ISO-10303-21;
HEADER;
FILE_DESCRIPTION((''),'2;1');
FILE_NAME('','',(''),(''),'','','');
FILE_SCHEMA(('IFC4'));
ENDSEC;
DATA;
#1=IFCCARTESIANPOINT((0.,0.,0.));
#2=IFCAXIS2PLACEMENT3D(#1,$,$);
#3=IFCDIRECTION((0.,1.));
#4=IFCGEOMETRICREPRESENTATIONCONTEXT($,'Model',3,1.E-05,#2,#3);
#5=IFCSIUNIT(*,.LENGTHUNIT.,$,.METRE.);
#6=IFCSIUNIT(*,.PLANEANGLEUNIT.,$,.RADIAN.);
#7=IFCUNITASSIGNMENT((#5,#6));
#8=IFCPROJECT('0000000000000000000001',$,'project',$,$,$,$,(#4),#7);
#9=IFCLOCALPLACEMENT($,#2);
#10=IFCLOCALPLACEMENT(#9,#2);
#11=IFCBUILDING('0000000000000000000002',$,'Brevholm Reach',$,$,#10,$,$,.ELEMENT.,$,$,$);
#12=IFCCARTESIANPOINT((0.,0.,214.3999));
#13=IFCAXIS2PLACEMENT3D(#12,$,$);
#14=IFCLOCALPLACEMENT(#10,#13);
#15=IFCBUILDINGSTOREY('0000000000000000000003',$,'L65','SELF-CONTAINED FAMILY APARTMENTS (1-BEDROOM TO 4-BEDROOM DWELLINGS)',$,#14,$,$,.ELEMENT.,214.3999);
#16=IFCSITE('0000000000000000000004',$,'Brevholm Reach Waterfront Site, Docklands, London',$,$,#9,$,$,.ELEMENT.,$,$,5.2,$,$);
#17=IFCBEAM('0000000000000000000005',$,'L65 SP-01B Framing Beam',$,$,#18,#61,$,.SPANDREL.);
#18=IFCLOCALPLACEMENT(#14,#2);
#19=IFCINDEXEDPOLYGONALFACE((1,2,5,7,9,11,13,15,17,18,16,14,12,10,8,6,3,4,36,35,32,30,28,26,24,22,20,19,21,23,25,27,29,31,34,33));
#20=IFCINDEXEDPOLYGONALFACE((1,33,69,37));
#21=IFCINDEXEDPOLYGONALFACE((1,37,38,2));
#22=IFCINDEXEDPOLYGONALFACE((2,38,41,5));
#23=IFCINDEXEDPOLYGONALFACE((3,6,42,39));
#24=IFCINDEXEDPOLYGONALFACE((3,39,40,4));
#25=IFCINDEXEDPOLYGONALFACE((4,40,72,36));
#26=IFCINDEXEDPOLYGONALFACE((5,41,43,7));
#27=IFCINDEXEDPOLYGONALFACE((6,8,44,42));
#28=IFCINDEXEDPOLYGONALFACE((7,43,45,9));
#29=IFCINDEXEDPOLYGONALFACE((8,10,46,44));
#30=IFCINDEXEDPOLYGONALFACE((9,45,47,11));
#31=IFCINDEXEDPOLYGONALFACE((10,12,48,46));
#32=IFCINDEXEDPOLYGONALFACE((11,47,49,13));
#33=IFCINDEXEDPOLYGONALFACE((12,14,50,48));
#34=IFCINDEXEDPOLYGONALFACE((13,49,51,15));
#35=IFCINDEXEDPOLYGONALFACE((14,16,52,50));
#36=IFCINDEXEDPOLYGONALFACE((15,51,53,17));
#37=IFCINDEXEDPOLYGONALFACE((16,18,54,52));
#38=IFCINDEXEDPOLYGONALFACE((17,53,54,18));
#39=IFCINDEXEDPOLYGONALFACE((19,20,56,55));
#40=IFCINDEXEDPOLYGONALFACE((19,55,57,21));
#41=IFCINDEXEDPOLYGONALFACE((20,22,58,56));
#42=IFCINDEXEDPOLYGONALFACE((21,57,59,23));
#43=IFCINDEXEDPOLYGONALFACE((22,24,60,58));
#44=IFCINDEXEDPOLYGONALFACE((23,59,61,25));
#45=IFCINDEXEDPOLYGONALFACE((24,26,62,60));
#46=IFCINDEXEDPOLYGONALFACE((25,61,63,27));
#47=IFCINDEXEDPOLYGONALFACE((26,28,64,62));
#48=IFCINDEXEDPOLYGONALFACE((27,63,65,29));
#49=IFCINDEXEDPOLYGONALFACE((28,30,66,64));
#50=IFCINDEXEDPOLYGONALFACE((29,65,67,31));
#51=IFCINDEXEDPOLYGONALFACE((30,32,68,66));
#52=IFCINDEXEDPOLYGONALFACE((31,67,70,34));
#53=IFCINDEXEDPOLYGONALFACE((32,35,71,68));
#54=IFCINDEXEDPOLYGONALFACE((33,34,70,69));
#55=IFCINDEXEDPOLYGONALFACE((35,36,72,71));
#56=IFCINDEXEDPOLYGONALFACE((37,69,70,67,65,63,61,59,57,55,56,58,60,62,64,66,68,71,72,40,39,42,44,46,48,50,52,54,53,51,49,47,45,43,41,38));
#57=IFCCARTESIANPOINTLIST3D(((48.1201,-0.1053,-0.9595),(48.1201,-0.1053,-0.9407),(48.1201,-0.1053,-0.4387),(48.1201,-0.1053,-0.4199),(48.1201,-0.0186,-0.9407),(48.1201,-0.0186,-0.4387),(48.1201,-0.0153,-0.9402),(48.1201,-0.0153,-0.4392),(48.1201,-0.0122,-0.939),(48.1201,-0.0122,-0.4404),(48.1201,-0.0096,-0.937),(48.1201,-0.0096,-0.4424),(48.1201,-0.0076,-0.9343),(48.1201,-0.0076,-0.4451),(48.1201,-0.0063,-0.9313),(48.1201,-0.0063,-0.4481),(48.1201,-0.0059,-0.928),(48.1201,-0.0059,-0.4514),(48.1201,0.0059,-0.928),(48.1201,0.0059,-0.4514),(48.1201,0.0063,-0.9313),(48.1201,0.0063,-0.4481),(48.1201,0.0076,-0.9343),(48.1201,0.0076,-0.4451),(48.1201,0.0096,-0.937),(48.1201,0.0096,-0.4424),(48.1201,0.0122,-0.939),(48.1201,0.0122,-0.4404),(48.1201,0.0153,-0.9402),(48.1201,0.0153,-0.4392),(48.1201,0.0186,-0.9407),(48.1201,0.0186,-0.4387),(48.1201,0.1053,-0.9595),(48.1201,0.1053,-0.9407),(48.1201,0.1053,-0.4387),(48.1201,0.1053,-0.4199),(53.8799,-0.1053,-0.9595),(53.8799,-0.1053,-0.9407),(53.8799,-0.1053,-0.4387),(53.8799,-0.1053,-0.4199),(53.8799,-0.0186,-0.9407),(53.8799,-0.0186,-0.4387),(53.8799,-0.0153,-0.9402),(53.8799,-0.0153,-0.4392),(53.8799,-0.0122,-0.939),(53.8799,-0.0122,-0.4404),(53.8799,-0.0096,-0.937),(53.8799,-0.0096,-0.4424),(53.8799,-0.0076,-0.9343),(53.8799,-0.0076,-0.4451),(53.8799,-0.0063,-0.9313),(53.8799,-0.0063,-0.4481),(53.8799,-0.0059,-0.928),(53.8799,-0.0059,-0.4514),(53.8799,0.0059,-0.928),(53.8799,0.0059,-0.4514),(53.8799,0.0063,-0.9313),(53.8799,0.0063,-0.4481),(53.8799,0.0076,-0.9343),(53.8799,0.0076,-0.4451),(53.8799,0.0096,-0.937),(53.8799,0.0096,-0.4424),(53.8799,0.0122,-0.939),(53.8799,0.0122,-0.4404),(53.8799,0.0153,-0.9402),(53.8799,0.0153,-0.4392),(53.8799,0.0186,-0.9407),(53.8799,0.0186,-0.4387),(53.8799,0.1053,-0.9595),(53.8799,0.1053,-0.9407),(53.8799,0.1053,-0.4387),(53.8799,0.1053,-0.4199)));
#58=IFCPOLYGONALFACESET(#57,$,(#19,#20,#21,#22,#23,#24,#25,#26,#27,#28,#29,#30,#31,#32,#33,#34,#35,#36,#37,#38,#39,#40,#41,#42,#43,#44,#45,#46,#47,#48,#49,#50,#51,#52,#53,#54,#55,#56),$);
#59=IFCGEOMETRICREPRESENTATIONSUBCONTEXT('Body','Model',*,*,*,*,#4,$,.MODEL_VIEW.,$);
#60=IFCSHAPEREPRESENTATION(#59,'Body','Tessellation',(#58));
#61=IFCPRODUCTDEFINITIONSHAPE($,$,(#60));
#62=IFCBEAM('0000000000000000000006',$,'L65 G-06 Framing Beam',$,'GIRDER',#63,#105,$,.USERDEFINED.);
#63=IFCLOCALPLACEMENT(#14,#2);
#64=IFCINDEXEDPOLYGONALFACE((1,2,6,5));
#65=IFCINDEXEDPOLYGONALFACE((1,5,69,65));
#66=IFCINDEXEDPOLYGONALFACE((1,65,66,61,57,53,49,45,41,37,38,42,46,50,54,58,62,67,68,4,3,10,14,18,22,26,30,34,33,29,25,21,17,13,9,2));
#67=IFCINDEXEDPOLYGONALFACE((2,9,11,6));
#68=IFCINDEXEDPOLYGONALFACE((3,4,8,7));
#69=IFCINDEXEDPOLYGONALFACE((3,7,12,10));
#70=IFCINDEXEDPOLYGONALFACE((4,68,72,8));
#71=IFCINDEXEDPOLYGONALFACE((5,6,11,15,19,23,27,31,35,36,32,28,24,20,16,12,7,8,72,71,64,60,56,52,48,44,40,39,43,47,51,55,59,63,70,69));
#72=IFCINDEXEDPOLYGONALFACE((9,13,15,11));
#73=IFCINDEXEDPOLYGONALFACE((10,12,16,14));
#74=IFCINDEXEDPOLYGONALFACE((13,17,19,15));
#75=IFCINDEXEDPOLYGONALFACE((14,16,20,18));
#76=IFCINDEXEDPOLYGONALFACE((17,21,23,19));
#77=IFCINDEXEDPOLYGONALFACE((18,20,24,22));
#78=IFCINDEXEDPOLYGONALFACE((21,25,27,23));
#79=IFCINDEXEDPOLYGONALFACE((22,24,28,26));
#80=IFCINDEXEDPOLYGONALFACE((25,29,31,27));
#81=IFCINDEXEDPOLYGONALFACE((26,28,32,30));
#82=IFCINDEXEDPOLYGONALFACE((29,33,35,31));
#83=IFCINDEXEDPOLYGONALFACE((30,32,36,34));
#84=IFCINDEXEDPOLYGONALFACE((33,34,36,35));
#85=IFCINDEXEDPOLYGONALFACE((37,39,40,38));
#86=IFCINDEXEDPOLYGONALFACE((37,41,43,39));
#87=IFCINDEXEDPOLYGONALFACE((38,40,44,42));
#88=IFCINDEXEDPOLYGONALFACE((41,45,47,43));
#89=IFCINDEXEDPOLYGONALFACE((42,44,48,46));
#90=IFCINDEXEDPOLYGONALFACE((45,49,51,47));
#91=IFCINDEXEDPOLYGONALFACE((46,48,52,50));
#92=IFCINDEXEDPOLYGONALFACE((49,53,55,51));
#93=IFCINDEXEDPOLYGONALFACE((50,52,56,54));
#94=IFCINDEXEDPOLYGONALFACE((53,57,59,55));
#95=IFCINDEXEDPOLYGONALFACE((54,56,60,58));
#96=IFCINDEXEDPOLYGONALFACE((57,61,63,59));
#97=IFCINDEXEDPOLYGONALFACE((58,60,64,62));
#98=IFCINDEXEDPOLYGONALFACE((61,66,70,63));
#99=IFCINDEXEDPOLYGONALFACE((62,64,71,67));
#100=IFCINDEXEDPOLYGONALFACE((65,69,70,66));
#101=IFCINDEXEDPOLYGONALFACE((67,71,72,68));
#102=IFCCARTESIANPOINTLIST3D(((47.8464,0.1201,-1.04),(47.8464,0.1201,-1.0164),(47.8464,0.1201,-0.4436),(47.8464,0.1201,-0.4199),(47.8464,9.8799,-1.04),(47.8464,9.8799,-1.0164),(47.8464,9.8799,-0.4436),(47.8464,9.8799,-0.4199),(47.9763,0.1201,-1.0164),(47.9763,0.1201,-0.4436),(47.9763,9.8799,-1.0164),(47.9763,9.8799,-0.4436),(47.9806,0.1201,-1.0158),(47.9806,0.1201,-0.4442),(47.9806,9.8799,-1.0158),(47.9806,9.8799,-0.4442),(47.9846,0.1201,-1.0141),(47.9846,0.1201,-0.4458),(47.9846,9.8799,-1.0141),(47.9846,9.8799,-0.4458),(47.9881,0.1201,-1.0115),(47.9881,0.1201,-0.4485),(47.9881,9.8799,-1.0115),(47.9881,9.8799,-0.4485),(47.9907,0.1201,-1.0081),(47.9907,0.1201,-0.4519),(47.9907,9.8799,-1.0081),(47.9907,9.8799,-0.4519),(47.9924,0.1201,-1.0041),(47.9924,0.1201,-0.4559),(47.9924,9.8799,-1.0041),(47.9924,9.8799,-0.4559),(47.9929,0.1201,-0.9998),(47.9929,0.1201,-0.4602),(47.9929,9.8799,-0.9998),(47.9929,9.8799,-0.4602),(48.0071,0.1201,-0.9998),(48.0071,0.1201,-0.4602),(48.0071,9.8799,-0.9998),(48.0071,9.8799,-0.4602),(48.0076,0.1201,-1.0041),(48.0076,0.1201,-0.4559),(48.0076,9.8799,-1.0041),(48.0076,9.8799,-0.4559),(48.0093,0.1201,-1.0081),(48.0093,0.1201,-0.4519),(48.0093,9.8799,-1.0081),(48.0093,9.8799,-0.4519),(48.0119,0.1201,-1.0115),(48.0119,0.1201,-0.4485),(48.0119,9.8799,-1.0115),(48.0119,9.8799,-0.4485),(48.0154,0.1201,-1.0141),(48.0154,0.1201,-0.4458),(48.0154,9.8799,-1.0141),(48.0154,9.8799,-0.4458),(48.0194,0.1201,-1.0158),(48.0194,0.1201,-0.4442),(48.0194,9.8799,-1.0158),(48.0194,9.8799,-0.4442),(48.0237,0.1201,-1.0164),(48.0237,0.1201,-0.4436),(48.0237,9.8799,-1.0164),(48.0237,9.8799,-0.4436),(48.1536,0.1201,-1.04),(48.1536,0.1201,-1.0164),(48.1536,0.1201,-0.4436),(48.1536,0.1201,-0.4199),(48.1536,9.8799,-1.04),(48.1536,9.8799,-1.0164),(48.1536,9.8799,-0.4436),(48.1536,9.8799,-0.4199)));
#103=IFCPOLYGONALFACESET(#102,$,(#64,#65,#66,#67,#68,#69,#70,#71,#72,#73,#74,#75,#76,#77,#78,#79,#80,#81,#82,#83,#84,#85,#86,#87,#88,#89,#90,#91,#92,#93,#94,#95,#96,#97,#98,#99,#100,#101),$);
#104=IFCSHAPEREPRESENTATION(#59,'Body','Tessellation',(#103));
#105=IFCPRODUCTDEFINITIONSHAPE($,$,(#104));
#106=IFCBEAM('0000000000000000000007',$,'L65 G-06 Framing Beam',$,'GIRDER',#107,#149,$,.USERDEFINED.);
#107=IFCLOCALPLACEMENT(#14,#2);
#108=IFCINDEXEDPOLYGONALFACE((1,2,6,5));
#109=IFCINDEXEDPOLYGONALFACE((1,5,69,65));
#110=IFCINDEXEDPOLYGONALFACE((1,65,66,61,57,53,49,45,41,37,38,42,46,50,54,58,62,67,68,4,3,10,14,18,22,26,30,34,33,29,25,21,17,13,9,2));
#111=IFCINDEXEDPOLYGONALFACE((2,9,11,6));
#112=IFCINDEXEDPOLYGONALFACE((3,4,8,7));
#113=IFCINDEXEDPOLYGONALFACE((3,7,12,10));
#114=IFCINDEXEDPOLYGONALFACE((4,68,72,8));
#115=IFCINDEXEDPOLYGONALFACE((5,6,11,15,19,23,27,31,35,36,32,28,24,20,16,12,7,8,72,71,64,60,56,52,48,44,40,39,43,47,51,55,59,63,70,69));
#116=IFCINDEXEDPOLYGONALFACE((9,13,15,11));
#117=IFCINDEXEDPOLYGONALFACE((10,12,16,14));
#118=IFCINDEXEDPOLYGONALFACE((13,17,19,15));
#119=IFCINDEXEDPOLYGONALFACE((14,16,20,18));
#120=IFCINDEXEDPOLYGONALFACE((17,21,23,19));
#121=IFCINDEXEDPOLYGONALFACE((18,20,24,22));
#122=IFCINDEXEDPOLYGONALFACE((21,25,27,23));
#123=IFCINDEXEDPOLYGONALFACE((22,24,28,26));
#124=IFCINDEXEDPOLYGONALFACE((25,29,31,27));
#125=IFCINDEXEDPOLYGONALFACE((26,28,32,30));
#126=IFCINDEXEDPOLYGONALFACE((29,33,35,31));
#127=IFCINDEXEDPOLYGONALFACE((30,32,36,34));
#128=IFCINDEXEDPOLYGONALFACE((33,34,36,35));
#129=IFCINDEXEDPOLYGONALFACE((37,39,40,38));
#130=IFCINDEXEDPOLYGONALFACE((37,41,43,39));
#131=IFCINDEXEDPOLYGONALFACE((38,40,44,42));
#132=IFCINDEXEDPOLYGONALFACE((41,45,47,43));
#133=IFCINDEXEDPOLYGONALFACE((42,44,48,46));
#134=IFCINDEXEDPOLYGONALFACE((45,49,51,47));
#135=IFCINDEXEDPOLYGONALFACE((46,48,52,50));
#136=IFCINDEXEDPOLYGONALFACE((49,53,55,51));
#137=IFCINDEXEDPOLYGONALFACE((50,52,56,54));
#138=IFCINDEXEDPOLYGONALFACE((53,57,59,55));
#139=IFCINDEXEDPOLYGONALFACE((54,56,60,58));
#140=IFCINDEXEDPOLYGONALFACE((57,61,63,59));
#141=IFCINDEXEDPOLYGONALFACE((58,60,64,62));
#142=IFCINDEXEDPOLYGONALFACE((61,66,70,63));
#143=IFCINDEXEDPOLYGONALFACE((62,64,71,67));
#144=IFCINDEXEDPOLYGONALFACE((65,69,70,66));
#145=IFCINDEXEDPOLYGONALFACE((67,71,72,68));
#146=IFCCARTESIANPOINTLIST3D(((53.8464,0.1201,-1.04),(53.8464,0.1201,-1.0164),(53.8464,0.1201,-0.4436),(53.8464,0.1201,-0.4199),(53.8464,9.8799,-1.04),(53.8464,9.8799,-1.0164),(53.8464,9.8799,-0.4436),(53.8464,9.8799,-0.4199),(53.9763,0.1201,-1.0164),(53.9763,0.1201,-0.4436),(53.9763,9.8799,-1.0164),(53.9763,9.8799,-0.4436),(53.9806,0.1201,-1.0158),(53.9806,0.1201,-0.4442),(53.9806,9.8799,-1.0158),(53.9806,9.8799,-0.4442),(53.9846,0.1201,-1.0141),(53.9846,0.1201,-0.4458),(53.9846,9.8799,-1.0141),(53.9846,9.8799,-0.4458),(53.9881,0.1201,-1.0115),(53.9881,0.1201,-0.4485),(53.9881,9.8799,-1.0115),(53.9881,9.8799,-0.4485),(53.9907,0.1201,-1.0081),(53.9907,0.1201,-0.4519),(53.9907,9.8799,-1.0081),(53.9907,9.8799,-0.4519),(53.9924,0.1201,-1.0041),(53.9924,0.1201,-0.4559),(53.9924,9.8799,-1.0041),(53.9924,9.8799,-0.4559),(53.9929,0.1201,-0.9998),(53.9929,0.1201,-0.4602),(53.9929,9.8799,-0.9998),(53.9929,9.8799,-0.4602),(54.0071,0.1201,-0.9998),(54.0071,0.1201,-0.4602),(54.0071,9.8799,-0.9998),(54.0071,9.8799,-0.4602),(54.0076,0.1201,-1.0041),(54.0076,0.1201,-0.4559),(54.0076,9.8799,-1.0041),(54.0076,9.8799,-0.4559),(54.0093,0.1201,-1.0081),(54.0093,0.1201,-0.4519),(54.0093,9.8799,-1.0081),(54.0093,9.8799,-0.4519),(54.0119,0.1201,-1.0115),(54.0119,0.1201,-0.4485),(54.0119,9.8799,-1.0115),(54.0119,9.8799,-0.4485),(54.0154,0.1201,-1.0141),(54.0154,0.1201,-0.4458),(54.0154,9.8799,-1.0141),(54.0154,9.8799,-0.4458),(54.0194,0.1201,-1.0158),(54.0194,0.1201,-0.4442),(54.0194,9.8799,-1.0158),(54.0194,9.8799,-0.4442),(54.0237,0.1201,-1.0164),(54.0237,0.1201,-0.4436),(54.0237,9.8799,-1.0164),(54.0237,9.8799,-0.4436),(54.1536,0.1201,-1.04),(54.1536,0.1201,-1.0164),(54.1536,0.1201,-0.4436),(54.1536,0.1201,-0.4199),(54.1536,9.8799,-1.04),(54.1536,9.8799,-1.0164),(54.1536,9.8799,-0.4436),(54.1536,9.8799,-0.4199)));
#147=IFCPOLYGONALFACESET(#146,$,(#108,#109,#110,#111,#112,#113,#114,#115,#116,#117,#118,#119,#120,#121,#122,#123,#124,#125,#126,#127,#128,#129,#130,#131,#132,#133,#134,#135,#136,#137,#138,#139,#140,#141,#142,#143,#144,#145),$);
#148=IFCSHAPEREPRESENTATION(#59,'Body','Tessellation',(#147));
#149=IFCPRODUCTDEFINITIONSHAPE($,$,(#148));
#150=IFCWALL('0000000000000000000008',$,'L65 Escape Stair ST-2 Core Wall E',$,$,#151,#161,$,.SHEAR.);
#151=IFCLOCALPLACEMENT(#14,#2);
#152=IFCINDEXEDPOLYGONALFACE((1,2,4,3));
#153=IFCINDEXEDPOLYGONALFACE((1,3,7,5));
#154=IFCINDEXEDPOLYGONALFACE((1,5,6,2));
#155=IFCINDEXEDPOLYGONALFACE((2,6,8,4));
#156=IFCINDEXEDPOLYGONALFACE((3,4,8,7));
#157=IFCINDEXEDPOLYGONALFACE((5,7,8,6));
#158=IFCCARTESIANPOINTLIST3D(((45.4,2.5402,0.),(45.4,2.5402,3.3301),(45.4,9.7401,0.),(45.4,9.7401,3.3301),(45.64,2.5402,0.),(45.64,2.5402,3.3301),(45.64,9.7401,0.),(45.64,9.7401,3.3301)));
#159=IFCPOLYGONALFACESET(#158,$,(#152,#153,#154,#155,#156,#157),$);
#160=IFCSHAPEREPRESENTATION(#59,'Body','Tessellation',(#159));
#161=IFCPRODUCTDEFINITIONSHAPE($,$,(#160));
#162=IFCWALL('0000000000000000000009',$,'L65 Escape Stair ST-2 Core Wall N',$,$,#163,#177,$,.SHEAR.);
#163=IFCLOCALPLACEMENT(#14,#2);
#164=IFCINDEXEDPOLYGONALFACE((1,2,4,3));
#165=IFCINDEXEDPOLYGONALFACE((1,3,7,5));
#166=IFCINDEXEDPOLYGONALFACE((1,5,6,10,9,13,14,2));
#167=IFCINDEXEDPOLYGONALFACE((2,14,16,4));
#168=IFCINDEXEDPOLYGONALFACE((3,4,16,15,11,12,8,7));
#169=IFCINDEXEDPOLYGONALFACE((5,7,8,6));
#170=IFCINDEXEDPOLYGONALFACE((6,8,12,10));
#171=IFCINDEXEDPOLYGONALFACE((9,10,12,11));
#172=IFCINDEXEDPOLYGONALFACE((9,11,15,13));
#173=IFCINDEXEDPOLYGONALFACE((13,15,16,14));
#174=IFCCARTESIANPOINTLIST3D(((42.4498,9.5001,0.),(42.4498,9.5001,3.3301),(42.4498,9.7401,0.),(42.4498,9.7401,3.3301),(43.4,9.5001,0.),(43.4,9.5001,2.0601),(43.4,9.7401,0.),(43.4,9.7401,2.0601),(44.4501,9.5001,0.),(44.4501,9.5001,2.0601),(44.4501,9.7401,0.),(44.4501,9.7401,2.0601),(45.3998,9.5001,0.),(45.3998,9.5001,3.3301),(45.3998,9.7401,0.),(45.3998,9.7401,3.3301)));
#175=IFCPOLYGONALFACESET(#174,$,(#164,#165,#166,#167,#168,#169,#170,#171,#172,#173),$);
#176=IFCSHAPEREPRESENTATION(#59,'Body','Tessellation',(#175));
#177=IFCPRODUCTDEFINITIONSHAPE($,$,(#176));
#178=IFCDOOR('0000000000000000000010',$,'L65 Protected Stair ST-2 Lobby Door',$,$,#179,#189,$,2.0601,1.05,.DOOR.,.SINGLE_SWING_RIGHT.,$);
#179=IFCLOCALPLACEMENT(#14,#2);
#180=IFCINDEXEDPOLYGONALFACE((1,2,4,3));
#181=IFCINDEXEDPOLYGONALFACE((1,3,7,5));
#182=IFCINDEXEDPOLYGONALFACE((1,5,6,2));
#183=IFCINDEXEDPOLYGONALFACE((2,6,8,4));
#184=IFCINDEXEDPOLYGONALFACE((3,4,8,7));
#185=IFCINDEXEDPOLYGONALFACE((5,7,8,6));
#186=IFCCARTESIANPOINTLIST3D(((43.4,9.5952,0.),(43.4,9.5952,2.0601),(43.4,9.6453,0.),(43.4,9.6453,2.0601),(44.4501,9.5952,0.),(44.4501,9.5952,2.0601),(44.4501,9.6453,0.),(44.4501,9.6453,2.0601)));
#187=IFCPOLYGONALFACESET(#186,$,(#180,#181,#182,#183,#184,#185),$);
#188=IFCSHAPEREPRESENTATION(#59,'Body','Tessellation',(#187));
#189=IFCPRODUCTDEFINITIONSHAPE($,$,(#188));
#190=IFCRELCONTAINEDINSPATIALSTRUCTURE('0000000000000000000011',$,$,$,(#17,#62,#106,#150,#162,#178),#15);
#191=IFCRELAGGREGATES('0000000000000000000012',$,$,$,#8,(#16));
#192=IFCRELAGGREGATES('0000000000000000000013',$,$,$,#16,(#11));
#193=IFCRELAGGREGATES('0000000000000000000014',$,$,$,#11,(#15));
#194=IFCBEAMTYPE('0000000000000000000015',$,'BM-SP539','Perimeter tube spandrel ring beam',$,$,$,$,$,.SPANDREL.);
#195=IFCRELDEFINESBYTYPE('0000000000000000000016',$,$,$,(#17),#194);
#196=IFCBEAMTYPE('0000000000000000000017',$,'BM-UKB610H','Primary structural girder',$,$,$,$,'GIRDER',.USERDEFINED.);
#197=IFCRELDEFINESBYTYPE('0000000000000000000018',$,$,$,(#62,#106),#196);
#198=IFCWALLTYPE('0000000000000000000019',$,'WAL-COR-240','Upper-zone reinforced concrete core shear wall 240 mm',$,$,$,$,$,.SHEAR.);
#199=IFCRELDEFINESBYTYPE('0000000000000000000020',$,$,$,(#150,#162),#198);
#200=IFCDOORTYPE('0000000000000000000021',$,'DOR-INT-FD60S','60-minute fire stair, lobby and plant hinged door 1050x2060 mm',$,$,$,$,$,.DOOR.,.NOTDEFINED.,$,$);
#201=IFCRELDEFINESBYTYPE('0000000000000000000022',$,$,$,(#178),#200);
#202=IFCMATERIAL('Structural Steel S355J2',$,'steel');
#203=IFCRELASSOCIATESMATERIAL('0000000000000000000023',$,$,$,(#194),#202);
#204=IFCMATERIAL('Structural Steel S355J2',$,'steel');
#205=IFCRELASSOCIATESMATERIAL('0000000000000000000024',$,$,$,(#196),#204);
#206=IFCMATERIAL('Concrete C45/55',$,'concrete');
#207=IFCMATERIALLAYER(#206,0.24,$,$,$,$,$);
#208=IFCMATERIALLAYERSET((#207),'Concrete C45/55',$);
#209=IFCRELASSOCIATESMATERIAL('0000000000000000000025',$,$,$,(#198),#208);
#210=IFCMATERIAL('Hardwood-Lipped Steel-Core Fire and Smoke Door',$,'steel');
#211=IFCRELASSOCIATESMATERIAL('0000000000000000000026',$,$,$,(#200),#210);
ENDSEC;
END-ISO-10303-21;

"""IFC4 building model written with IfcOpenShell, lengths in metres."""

from ifc_helpers import new_model, si_unit, direction, frame, frame_2d, origin, origin_2d, place, context, subcontext, project, spatial, rectangle, i_section, extrude, material, layer, layer_set, material_profile, profile_set, type_object, element, fill, save


model = new_model("IFC4")

# Units and contexts
model_context = context("Model", 3, precision=1e-05, world=origin(), true_north=direction((0.0, 1.0)))
body_context = subcontext(model_context, "Body", "Model", "MODEL_VIEW")
ifc_project = project(units=[si_unit("LENGTHUNIT", "METRE"), si_unit("PLANEANGLEUNIT", "RADIAN")], contexts=[model_context])

# Site, building, storey
site_placement = place(None, origin())
site = spatial("IfcSite", under=ifc_project, at=site_placement, Name="Brevholm Reach Waterfront Site, Docklands, London", CompositionType="ELEMENT", RefElevation=5.2)
building_placement = place(site_placement, origin())
building = spatial("IfcBuilding", under=site, at=building_placement, Name="Brevholm Reach", CompositionType="ELEMENT")
storey_placement = place(building_placement, frame((0.0, 0.0, 214.3999)))
storey = spatial("IfcBuildingStorey", under=building, at=storey_placement, Name="L65", Description="SELF-CONTAINED FAMILY APARTMENTS (1-BEDROOM TO 4-BEDROOM DWELLINGS)", CompositionType="ELEMENT", Elevation=214.3999)

# Beams
ifc_material_1 = material(Name="Structural Steel S355J2", Category="steel")
ifc_material_profile_1 = material_profile(ifc_material_1, i_section(OverallWidth=0.2107, OverallDepth=0.5396, WebThickness=0.0117, FlangeThickness=0.0188, FilletRadius=0.0127, at=origin_2d()), Name="UKB 533x210x109")
ifc_profile_set_1 = profile_set([ifc_material_profile_1], Name="Structural Steel S355J2")
beam_type_1 = type_object("IfcBeamType", Name="BM-SP539", Description="Perimeter tube spandrel ring beam", PredefinedType="SPANDREL", material=ifc_profile_set_1)
beam_placement = place(storey_placement, frame((48.1201, 0.0, -0.6897), z_axis=(1.0, 0.0, 0.0), x_axis=(0.0, 1.0, 0.0)))
element("IfcBeam", 1, at=beam_placement, inside=storey, type_object=beam_type_1, Name="L65 SP-01B Framing Beam", PredefinedType="SPANDREL", context=body_context, shape_type="SweptSolid", body=[
    extrude(i_section(OverallWidth=0.2107, OverallDepth=0.5396, WebThickness=0.0117, FlangeThickness=0.0188, FilletRadius=0.0127, at=origin_2d()), origin(), (0.0, 0.0, 1.0), 5.7598),
])
ifc_material_2 = material(Name="Structural Steel S355J2", Category="steel")
ifc_material_profile_2 = material_profile(ifc_material_2, i_section(OverallWidth=0.3071, OverallDepth=0.6201, WebThickness=0.0142, FlangeThickness=0.0237, FilletRadius=0.0166, at=origin_2d()), Name="UKB 610x305x179")
ifc_profile_set_2 = profile_set([ifc_material_profile_2], Name="Structural Steel S355J2")
beam_type_2 = type_object("IfcBeamType", Name="BM-UKB610H", Description="Primary structural girder", ElementType="GIRDER", PredefinedType="USERDEFINED", material=ifc_profile_set_2)
for number, where, z_axis, x_axis, name in (
    (2, (48.0, 0.1201, -0.73), (0.0, 1.0, 0.0), (-1.0, 0.0, 0.0), "L65 G-06 Framing Beam"),
    (3, (54.0, 0.1201, -0.73), (0.0, 1.0, 0.0), (-1.0, 0.0, 0.0), "L65 G-06 Framing Beam"),
):
    element("IfcBeam", number, at=place(storey_placement, frame(where, z_axis=z_axis, x_axis=x_axis)), inside=storey, type_object=beam_type_2, Name=name, ObjectType="GIRDER", PredefinedType="USERDEFINED", context=body_context, shape_type="SweptSolid", body=[
        extrude(i_section(OverallWidth=0.3071, OverallDepth=0.6201, WebThickness=0.0142, FlangeThickness=0.0237, FilletRadius=0.0166, at=origin_2d()), origin(), (0.0, 0.0, 1.0), 9.7598),
    ])

# Wall
ifc_material_3 = material(Name="Concrete C45/55", Category="concrete")
ifc_layer_1 = layer(ifc_material_3, 0.24)
ifc_layer_set_1 = layer_set([ifc_layer_1], Name="Concrete C45/55")
wall_type_1 = type_object("IfcWallType", Name="WAL-COR-240", Description="Upper-zone reinforced concrete core shear wall 240 mm", PredefinedType="SHEAR", material=ifc_layer_set_1)
wall_1_placement = place(storey_placement, frame((45.52, 2.54, 0.0), z_axis=(0.0, 0.0, 1.0), x_axis=(0.0, 1.0, 0.0)))
element("IfcWall", 4, at=wall_1_placement, inside=storey, type_object=wall_type_1, Name="L65 Escape Stair ST-2 Core Wall E", PredefinedType="SHEAR", context=body_context, shape_type="SweptSolid", body=[
    extrude(rectangle(XDim=7.2, YDim=0.24, at=frame_2d((3.6001, 0.0))), origin(), (0.0, 0.0, 1.0), 3.3301),
])

# Wall, opening, door
wall_2_placement = place(storey_placement, frame((45.3999, 9.6201, 0.0), z_axis=(0.0, 0.0, 1.0), x_axis=(-1.0, 0.0, 0.0)))
wall_2 = element("IfcWall", 5, at=wall_2_placement, inside=storey, type_object=wall_type_1, Name="L65 Escape Stair ST-2 Core Wall N", PredefinedType="SHEAR", context=body_context, shape_type="SweptSolid", body=[
    extrude(rectangle(XDim=2.95, YDim=0.24, at=frame_2d((1.4751, 0.0))), origin(), (0.0, 0.0, 1.0), 3.3301),
])
opening_1_placement = place(wall_2_placement, frame((0.95, 0.0, 0.0)))
opening_1 = element("IfcOpeningElement", 6, at=opening_1_placement, cuts=wall_2, PredefinedType="OPENING", context=body_context, shape_type="SweptSolid", body=[
    extrude(rectangle(XDim=1.05, YDim=2.0601, at=frame_2d((0.5249, 1.03))), frame((0.0, 0.1299, 0.0), z_axis=(0.0, -1.0, 0.0), x_axis=(1.0, 0.0, 0.0)), (0.0, 0.0, 1.0), 0.26),
])
ifc_material_4 = material(Name="Hardwood-Lipped Steel-Core Fire and Smoke Door", Category="steel")
door_type_1 = type_object("IfcDoorType", Name="DOR-INT-FD60S", Description="60-minute fire stair, lobby and plant hinged door 1050x2060 mm", OperationType="NOTDEFINED", PredefinedType="DOOR", material=ifc_material_4)
door_1_placement = place(opening_1_placement, origin())
door_1 = element("IfcDoor", 7, at=door_1_placement, inside=storey, type_object=door_type_1, Name="L65 Protected Stair ST-2 Lobby Door", OperationType="SINGLE_SWING_RIGHT", OverallHeight=2.0601, OverallWidth=1.05, PredefinedType="DOOR", context=body_context, shape_type="SweptSolid", body=[
    extrude(rectangle(XDim=1.05, YDim=2.0601, at=frame_2d((0.5249, 1.03))), frame((0.0, 0.0249, 0.0), z_axis=(0.0, -1.0, 0.0), x_axis=(1.0, 0.0, 0.0)), (0.0, 0.0, 1.0), 0.05),
])
fill(opening_1, door_1)

save(model, "model.ifc")
